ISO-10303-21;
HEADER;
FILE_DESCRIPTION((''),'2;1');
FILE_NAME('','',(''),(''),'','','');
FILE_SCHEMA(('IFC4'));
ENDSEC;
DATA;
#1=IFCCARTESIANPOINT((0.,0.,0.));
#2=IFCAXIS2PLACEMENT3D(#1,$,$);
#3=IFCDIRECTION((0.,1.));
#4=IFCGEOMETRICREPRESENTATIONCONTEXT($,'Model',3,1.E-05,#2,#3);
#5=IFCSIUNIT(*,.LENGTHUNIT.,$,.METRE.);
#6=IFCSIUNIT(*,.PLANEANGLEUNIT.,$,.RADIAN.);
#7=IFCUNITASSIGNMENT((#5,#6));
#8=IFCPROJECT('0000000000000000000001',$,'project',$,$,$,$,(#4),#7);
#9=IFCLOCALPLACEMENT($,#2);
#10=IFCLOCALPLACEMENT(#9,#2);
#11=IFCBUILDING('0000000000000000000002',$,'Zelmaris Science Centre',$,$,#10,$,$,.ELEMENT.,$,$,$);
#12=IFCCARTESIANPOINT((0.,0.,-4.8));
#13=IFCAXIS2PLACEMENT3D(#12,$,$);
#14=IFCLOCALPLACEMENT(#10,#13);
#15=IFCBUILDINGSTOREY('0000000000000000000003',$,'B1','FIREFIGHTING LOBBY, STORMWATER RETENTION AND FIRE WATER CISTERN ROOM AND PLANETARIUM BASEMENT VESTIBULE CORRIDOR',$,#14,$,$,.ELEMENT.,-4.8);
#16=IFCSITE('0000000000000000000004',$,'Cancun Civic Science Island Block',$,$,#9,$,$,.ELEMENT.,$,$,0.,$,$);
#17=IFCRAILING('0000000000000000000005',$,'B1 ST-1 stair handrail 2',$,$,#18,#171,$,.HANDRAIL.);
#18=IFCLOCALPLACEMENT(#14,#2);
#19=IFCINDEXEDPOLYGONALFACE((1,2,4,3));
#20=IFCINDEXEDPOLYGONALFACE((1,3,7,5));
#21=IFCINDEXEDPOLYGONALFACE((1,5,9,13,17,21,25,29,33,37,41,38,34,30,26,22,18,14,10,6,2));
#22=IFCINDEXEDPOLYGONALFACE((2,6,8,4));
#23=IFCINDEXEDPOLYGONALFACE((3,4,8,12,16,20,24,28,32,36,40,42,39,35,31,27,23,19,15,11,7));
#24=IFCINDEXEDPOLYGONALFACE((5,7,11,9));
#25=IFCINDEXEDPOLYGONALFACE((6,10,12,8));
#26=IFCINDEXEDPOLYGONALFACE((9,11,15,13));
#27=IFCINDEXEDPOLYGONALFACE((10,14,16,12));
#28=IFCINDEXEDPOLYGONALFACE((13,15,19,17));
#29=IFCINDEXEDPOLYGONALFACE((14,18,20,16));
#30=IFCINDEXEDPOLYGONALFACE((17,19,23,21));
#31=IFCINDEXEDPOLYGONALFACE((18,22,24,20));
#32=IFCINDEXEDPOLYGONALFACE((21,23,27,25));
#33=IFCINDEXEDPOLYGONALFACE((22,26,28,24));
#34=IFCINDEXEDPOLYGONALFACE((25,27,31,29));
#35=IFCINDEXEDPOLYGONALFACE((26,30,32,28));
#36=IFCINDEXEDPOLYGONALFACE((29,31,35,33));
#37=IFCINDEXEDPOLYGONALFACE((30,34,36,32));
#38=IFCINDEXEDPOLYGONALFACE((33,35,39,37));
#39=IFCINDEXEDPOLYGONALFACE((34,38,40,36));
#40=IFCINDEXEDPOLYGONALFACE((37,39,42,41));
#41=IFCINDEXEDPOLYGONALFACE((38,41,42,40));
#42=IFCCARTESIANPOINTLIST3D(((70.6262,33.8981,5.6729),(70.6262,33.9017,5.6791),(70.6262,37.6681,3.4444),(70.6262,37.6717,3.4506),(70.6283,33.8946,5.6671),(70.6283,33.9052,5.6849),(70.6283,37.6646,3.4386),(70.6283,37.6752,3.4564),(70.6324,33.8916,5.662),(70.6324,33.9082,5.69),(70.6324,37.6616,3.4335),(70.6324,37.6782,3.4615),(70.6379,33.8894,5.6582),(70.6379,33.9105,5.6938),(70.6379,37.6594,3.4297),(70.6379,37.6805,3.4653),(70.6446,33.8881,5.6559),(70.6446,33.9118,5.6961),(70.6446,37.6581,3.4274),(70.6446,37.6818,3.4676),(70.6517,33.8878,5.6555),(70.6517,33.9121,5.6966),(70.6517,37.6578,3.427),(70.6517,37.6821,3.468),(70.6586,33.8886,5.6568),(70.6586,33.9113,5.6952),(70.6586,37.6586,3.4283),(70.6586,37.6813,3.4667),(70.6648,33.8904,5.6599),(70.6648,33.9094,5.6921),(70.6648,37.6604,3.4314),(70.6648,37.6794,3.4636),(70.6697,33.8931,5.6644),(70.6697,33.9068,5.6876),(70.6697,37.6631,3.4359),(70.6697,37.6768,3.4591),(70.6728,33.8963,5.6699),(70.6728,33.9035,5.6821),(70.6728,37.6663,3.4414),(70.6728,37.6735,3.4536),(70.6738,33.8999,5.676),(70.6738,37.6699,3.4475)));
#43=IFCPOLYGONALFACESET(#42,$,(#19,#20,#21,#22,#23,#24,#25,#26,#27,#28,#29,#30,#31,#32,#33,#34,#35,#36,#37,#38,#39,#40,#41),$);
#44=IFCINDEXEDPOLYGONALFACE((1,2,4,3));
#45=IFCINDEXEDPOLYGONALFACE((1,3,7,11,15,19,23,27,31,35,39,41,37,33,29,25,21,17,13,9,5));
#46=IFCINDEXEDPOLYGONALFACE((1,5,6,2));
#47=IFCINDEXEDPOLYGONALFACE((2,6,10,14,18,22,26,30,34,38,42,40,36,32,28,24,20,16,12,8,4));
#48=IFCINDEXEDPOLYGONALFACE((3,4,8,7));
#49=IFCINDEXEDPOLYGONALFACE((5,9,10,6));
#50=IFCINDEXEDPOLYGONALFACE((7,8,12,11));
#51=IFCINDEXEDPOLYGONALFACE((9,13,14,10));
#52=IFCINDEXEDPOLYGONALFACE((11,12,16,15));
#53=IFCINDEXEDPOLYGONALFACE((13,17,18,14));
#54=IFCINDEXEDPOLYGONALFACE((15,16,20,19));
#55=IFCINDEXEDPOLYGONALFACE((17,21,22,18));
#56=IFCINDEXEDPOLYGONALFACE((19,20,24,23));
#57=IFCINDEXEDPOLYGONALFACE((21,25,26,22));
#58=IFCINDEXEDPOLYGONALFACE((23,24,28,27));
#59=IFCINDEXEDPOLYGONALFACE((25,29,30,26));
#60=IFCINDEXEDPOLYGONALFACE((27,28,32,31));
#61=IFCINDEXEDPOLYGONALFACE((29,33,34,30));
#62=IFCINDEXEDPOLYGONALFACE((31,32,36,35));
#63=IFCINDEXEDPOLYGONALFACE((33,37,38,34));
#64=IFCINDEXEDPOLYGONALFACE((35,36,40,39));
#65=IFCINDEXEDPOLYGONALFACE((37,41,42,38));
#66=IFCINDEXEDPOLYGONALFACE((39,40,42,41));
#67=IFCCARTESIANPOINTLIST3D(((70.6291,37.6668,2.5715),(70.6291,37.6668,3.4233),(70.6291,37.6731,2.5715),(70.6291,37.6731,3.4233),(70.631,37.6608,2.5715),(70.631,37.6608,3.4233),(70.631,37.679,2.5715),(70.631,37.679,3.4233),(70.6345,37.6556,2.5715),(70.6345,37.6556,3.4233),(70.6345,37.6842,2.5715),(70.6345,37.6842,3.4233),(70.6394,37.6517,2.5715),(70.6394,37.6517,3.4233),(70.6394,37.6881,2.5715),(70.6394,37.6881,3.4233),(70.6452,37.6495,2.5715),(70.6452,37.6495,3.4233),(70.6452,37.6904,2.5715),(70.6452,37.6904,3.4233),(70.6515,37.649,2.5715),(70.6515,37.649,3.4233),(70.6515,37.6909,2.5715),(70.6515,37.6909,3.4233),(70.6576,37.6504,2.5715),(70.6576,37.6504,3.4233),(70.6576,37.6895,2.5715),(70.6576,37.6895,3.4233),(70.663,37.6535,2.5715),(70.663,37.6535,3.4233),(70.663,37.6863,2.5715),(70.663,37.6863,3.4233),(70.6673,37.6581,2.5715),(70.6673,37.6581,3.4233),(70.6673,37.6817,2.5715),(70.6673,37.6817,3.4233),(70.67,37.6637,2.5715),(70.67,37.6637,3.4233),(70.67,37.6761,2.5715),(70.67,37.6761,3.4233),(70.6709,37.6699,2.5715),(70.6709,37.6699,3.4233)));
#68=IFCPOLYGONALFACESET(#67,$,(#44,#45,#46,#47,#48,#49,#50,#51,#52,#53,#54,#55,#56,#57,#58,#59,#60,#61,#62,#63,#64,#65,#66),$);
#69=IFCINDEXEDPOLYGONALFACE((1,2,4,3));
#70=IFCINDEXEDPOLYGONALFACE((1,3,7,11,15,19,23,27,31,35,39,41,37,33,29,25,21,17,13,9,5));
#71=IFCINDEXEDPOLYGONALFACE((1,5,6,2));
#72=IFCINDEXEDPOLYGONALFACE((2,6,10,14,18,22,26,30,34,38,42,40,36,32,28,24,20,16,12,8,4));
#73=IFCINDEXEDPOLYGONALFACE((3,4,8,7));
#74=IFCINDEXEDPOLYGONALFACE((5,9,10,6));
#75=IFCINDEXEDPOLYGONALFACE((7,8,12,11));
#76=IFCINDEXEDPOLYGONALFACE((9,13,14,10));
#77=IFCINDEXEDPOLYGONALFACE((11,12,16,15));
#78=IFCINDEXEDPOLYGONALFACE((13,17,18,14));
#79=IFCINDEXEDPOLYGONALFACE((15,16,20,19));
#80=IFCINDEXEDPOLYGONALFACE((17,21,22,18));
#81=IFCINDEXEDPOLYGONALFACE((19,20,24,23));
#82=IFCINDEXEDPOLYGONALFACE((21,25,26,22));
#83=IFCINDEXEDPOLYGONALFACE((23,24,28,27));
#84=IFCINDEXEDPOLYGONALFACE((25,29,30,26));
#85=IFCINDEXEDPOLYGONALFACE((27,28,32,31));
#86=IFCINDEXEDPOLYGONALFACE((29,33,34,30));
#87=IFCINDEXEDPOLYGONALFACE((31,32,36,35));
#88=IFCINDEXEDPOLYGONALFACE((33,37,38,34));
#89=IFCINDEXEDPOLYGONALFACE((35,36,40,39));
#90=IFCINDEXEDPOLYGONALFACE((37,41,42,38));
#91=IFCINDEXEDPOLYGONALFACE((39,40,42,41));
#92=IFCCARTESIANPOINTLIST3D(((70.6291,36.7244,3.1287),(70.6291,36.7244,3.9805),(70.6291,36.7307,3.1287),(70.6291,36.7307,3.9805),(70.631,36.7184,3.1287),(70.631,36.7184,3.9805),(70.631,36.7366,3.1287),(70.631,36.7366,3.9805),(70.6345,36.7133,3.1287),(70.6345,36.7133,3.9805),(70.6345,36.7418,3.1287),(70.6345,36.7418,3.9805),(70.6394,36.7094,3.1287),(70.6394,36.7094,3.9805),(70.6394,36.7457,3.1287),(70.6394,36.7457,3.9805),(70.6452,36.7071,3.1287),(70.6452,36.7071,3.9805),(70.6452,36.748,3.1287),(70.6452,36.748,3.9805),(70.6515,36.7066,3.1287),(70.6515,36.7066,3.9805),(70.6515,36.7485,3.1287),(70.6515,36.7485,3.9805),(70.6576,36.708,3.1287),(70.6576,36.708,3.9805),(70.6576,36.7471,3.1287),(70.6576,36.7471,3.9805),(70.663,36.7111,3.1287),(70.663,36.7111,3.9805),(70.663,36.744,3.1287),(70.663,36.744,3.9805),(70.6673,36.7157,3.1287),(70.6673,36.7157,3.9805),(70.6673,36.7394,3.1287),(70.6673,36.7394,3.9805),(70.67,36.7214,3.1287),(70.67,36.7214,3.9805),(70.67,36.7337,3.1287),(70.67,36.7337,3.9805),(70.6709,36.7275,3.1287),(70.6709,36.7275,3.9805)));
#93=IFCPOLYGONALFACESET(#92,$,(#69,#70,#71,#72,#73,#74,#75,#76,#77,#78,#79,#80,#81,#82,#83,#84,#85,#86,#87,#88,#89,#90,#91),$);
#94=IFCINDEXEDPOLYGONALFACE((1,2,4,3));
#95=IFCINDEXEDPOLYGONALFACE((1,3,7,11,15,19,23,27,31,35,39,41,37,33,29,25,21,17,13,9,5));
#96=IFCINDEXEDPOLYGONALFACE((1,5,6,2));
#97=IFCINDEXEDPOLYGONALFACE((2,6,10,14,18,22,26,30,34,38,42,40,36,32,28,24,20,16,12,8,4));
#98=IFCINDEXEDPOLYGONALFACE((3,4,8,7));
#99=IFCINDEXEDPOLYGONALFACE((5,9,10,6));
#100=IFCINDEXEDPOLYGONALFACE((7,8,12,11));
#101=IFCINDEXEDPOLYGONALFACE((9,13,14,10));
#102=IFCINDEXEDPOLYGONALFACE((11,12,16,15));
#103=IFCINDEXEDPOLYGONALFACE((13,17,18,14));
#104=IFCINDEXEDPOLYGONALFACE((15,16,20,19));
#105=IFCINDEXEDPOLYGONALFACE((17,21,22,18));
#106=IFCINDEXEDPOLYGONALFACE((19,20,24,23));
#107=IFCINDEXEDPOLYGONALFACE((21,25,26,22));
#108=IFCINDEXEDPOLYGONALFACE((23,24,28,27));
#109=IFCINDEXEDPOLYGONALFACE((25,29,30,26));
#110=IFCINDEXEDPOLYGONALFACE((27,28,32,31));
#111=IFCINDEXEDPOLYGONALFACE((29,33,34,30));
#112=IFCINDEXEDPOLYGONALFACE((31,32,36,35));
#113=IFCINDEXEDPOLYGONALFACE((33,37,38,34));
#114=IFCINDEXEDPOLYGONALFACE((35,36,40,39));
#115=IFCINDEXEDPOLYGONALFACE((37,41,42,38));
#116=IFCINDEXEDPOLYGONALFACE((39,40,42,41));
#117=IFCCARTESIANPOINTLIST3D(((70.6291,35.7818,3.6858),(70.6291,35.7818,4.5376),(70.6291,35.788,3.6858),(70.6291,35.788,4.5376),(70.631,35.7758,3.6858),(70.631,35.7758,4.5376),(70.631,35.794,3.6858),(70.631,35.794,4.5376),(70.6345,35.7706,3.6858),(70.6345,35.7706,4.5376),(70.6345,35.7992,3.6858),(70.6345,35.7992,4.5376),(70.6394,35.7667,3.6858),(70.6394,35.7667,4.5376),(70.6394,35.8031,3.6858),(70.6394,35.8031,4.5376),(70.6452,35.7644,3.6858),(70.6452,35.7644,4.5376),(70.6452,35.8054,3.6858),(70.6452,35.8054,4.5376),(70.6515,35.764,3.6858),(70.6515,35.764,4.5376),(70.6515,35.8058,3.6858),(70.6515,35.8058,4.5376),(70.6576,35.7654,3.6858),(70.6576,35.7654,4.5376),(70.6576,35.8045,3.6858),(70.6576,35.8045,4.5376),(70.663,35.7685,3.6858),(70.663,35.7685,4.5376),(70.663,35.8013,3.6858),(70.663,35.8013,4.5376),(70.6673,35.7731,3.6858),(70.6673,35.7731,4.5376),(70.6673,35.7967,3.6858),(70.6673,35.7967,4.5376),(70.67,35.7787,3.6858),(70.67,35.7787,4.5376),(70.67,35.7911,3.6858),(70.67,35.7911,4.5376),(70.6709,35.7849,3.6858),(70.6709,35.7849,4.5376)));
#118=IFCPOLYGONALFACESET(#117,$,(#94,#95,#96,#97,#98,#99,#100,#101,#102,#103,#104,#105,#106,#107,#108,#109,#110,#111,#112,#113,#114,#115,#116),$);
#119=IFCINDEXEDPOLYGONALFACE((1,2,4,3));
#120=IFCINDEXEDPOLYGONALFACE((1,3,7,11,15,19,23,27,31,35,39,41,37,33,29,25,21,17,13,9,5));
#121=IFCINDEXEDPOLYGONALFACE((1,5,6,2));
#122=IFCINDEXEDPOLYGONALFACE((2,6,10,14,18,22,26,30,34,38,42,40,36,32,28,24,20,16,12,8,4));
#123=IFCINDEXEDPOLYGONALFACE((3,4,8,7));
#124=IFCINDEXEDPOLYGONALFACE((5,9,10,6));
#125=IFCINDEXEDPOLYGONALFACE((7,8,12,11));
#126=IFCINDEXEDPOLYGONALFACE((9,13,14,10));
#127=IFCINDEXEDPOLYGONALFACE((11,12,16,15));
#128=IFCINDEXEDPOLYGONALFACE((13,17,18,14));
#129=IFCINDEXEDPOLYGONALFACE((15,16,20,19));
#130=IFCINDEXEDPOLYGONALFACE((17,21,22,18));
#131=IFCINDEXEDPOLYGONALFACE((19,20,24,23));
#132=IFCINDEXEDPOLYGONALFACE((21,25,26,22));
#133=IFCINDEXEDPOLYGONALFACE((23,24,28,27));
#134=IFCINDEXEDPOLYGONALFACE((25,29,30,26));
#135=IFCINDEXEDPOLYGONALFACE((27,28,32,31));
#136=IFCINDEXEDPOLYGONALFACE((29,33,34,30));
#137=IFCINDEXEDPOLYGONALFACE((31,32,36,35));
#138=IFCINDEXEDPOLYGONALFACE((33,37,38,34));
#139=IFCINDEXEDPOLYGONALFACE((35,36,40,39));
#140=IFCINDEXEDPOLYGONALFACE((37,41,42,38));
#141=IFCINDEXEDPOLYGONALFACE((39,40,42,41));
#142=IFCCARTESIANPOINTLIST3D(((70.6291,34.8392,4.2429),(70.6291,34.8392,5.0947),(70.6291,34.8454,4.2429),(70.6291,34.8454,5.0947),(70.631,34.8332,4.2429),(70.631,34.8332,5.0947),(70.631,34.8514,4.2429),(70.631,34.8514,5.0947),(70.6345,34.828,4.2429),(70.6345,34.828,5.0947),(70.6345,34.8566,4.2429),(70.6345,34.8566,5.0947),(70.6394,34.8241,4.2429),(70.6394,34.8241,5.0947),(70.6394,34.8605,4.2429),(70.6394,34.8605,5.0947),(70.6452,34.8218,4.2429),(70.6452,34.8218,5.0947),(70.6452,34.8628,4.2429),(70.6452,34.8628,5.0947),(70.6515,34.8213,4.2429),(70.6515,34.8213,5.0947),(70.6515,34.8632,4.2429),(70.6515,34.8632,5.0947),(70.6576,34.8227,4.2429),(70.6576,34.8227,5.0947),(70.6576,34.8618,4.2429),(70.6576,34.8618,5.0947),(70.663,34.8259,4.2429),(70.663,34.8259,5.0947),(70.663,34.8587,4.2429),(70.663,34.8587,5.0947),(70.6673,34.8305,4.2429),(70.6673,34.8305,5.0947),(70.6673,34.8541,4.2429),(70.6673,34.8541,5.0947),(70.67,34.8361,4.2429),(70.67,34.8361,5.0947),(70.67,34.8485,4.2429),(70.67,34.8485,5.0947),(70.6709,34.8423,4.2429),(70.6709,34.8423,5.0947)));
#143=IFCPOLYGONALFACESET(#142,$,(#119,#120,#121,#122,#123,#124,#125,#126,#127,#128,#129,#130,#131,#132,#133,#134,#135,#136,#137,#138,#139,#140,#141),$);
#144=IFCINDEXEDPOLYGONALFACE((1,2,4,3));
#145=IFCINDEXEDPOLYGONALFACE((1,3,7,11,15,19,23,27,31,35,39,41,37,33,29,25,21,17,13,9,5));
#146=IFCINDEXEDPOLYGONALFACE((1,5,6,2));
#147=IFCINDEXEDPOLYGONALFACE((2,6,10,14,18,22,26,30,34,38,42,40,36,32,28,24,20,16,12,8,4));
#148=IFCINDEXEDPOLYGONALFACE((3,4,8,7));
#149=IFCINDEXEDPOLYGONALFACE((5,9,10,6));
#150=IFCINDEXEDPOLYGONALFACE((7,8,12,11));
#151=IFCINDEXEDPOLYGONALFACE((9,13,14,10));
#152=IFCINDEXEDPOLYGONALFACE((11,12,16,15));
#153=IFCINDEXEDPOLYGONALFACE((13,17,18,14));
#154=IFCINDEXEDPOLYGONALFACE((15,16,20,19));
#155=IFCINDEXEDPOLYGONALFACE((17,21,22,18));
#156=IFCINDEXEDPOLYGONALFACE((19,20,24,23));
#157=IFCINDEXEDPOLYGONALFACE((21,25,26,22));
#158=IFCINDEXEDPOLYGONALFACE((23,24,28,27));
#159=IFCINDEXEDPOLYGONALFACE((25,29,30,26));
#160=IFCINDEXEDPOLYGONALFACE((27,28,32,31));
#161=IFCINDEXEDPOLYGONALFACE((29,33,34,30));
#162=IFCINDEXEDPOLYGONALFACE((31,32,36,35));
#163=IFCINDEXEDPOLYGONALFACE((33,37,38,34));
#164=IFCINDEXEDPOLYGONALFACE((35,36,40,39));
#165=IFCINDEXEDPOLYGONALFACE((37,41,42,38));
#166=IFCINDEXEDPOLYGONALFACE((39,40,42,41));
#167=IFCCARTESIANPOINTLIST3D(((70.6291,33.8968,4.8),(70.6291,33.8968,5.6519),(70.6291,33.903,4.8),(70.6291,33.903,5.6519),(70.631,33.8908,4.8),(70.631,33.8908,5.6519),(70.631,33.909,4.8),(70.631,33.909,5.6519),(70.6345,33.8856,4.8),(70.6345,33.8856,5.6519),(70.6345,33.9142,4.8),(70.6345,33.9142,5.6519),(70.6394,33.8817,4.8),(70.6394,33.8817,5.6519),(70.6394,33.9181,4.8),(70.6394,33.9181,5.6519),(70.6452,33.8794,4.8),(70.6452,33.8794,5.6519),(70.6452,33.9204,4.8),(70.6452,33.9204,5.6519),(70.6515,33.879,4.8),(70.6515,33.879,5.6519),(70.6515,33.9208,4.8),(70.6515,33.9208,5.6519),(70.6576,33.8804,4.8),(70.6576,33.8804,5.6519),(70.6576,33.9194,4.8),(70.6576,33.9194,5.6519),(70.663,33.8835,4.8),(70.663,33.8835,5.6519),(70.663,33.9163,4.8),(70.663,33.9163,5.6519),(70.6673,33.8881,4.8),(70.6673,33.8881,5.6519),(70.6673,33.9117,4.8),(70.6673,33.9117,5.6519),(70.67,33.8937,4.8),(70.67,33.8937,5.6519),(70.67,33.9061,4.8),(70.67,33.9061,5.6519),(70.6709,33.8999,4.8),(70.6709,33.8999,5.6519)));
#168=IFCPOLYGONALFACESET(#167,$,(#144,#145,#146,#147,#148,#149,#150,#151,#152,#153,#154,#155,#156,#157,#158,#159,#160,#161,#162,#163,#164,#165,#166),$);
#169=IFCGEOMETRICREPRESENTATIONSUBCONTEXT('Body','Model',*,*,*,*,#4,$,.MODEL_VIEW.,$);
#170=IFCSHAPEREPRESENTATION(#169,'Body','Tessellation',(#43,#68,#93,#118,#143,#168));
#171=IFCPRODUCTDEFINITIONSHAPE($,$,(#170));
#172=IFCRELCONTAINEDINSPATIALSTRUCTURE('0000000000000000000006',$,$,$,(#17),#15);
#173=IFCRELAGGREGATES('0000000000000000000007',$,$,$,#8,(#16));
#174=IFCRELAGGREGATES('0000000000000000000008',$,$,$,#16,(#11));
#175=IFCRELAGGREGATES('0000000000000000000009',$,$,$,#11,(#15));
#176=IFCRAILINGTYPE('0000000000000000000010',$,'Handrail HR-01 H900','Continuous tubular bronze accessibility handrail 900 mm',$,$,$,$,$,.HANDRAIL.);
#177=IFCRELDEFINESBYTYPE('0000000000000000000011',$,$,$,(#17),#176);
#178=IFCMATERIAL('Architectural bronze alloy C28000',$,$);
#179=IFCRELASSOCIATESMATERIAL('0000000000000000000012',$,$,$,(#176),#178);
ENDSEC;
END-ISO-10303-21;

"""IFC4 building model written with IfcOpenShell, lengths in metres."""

from ifc_helpers import new_model, si_unit, direction, frame, origin, origin_2d, place, context, subcontext, project, spatial, circle, extrude, material, type_object, element, save


model = new_model("IFC4")

# Units and contexts
model_context = context("Model", 3, precision=1e-05, world=origin(), true_north=direction((0.0, 1.0)))
body_context = subcontext(model_context, "Body", "Model", "MODEL_VIEW")
ifc_project = project(units=[si_unit("LENGTHUNIT", "METRE"), si_unit("PLANEANGLEUNIT", "RADIAN")], contexts=[model_context])

# Site, building, storey
site_placement = place(None, origin())
site = spatial("IfcSite", under=ifc_project, at=site_placement, Name="Cancun Civic Science Island Block", CompositionType="ELEMENT", RefElevation=0.0)
building_placement = place(site_placement, origin())
building = spatial("IfcBuilding", under=site, at=building_placement, Name="Zelmaris Science Centre", CompositionType="ELEMENT")
storey_placement = place(building_placement, frame((0.0, 0.0, -4.8)))
storey = spatial("IfcBuildingStorey", under=building, at=storey_placement, Name="B1", Description="FIREFIGHTING LOBBY, STORMWATER RETENTION AND FIRE WATER CISTERN ROOM AND PLANETARIUM BASEMENT VESTIBULE CORRIDOR", CompositionType="ELEMENT", Elevation=-4.8)

# Railing
ifc_material_1 = material(Name="Architectural bronze alloy C28000")
railing_type_1 = type_object("IfcRailingType", Name="Handrail HR-01 H900", Description="Continuous tubular bronze accessibility handrail 900 mm", PredefinedType="HANDRAIL", material=ifc_material_1)
railing_1_placement = place(storey_placement, frame((70.6499, 37.6699, 2.5715)))
element("IfcRailing", 1, at=railing_1_placement, inside=storey, type_object=railing_type_1, Name="B1 ST-1 stair handrail 2", PredefinedType="HANDRAIL", context=body_context, shape_type="SweptSolid", body=[
    extrude(circle(Radius=0.0239, at=origin_2d()), frame((0.0, 0.0, 0.876), z_axis=(0.0, -0.860849, 0.508861), x_axis=(1.0, 0.0, 0.0)), (0.0, 0.0, 1.0), 4.3794),
    extrude(circle(Radius=0.021, at=origin_2d()), origin(), (0.0, 0.0, 1.0), 0.8518),
    extrude(circle(Radius=0.021, at=origin_2d()), frame((0.0, -0.9424, 0.5571)), (0.0, 0.0, 1.0), 0.8518),
    extrude(circle(Radius=0.021, at=origin_2d()), frame((0.0, -1.885, 1.1143)), (0.0, 0.0, 1.0), 0.8518),
    extrude(circle(Radius=0.021, at=origin_2d()), frame((0.0, -2.8276, 1.6714)), (0.0, 0.0, 1.0), 0.8518),
    extrude(circle(Radius=0.021, at=origin_2d()), frame((0.0, -3.77, 2.2285)), (0.0, 0.0, 1.0), 0.8518),
])

save(model, "model.ifc")
